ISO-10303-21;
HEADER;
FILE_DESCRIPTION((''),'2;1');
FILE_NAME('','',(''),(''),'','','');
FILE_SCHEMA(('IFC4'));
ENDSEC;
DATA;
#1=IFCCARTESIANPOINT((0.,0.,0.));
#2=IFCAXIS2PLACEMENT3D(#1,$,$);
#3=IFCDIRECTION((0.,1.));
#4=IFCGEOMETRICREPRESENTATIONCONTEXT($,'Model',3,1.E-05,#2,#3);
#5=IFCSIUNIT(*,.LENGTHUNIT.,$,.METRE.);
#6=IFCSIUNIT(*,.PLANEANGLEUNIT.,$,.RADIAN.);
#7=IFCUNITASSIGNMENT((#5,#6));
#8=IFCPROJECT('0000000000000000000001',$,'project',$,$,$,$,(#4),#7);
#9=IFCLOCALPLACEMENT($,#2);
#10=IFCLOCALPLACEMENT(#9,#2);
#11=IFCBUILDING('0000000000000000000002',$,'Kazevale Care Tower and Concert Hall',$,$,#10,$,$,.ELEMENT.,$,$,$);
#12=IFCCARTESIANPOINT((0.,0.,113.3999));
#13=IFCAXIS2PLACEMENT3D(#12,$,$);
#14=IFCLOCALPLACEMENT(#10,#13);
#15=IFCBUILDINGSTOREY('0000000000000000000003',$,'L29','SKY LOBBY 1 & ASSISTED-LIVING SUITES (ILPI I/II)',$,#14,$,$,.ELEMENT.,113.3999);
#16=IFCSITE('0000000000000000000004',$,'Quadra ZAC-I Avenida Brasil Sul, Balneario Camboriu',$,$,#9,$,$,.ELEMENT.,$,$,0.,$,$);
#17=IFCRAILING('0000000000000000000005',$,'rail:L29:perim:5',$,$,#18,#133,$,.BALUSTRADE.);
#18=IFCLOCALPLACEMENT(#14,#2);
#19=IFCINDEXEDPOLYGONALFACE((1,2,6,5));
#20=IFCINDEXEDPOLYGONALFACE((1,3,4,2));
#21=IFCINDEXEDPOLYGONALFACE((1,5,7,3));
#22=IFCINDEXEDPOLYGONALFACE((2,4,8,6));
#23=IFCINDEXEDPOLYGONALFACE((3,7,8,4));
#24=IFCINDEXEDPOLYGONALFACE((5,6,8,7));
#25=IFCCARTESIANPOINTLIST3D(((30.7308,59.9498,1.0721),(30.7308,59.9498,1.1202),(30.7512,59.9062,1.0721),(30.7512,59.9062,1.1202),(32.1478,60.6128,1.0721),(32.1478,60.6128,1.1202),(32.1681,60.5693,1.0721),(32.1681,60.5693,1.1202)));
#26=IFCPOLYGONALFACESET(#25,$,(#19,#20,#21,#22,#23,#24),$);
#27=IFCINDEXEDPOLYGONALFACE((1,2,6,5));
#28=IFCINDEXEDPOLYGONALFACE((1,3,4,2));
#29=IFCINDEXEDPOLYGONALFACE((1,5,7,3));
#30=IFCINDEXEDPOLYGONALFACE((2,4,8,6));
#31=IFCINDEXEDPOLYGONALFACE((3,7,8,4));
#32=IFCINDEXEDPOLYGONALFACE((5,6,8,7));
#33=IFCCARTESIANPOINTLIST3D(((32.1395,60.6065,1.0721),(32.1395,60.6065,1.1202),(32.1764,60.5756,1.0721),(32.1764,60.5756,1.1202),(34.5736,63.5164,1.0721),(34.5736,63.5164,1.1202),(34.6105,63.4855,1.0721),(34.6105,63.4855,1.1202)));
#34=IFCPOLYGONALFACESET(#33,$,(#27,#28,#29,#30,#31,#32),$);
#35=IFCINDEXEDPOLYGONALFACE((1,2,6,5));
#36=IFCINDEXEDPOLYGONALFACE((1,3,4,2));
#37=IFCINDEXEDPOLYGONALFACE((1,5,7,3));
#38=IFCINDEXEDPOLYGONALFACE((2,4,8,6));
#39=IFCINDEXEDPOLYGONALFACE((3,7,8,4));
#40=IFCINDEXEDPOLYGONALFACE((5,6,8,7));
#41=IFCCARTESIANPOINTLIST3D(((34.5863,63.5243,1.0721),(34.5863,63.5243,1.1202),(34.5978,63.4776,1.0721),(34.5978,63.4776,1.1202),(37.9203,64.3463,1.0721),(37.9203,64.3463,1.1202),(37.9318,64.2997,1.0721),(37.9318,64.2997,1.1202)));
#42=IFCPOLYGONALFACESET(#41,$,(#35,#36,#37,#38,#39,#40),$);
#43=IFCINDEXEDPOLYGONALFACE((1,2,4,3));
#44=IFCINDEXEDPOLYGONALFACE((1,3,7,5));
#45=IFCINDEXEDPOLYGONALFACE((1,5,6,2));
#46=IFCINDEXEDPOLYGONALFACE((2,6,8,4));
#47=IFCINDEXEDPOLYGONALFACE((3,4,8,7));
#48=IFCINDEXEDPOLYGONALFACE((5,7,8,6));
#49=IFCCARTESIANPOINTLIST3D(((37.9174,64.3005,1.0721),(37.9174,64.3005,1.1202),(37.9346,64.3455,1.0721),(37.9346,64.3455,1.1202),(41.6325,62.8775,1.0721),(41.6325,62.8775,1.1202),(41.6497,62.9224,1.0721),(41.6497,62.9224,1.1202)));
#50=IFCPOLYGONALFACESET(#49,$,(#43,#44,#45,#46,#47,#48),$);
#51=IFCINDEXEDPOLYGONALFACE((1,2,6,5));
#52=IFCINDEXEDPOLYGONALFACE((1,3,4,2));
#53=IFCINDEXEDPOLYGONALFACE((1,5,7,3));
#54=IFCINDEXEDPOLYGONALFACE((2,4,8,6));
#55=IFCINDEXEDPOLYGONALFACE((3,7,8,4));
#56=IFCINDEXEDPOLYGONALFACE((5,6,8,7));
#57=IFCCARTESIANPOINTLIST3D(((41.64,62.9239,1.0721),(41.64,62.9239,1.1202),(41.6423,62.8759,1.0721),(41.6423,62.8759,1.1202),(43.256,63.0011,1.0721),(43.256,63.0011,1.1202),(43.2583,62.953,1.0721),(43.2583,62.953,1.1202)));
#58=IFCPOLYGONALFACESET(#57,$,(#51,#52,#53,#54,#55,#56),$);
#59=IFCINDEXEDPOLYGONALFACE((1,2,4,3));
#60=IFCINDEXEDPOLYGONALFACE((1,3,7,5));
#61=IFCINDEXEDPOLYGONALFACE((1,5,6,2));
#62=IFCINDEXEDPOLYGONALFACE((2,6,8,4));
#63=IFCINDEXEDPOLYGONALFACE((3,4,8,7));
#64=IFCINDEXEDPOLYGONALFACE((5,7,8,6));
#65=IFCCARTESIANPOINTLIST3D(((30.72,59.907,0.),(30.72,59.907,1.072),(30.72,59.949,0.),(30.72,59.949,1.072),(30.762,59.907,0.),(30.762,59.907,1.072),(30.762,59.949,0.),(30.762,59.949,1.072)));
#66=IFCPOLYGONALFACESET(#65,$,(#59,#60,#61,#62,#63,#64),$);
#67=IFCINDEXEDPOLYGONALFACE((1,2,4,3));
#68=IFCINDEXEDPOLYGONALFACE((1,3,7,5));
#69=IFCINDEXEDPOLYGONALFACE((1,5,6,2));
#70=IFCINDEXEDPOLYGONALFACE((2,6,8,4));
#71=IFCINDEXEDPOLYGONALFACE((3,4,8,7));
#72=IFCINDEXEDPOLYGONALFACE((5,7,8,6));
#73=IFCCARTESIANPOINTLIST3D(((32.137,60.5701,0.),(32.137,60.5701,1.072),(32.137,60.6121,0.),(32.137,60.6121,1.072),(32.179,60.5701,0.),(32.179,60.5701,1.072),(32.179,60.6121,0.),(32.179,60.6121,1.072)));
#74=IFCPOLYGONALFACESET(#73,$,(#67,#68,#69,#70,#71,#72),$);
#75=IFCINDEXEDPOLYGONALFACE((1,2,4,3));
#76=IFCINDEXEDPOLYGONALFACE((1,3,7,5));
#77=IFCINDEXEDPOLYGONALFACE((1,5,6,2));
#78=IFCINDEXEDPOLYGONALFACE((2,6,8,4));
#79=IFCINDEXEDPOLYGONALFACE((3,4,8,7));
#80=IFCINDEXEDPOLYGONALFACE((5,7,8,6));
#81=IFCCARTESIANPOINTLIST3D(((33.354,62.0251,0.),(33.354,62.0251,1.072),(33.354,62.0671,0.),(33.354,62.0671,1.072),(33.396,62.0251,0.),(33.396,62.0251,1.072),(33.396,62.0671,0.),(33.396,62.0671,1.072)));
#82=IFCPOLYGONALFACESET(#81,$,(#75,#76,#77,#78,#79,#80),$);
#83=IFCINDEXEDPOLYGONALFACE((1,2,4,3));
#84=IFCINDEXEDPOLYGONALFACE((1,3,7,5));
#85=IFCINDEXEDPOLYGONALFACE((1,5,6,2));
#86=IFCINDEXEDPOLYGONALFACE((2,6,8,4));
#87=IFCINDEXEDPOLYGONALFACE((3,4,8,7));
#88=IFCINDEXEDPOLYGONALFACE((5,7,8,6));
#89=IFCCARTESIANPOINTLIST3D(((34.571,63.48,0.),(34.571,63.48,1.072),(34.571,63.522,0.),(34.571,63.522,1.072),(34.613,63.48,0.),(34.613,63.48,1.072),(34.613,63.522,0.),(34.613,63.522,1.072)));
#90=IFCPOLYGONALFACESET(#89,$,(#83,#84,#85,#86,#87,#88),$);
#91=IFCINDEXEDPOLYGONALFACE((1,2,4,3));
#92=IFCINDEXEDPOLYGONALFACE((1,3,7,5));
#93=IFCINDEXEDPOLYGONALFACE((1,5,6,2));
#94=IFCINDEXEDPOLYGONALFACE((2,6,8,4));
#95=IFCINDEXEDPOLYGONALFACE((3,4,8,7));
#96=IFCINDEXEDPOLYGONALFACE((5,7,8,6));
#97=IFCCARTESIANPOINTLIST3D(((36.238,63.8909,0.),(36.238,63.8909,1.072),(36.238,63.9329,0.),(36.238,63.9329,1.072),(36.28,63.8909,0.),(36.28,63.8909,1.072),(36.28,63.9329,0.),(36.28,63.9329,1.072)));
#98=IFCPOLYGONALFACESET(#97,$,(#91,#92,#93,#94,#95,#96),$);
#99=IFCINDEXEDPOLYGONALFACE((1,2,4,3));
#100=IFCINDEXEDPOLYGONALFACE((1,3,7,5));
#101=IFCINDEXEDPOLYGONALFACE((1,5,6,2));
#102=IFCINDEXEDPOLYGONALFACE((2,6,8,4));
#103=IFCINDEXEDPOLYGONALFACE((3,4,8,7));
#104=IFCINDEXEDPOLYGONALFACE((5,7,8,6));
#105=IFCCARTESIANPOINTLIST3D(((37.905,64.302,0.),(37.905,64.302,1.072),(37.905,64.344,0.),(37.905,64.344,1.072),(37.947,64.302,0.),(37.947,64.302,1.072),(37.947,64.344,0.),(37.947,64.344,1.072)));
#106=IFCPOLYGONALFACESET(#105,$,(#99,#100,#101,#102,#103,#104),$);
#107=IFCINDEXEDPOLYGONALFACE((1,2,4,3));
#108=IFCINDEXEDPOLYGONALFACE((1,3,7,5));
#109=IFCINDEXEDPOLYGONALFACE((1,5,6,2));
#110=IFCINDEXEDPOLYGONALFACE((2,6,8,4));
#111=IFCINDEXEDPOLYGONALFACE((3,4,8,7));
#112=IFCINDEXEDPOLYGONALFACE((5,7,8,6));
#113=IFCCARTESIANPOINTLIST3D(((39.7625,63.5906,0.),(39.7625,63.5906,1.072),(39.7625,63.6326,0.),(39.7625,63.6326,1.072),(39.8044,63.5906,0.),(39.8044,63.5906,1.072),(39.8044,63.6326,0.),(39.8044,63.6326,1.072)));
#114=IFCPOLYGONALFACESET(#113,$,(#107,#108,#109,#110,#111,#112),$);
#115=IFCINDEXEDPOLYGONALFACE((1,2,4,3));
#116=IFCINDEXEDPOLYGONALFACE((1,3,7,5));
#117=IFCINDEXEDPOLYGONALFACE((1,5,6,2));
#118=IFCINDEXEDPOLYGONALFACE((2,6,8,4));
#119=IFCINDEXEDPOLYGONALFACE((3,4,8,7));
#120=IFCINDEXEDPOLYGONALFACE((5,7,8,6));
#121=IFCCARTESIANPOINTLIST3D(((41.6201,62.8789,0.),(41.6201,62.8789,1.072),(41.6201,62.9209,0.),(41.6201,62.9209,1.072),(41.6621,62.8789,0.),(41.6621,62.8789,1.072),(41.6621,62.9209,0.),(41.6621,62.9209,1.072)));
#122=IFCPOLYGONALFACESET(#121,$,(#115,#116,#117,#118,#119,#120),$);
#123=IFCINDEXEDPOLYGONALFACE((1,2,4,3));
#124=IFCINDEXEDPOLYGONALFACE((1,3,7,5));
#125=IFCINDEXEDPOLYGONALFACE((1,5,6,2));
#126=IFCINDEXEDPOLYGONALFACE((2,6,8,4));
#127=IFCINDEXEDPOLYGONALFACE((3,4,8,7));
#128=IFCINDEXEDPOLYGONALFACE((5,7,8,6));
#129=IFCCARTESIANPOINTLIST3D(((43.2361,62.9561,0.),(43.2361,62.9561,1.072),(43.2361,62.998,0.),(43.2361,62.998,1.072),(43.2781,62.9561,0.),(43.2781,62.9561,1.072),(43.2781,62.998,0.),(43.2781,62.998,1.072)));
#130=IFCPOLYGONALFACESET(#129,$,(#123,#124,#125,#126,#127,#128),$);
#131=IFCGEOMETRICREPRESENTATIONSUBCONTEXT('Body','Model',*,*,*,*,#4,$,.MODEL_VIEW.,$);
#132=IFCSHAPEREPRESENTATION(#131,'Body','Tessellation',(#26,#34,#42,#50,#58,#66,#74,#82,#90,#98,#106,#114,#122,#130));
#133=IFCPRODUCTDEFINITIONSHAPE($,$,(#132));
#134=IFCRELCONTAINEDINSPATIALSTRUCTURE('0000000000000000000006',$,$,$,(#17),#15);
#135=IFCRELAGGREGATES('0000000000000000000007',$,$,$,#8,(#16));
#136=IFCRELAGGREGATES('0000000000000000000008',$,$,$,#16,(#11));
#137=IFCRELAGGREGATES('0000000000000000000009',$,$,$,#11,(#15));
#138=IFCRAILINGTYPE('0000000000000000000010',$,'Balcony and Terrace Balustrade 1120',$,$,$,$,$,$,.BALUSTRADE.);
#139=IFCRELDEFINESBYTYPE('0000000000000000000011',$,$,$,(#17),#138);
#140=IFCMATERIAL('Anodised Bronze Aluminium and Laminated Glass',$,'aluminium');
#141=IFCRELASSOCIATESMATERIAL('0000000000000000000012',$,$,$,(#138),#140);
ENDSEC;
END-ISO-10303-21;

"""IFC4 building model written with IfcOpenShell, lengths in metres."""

from ifc_helpers import new_model, si_unit, direction, frame, origin, origin_2d, place, context, subcontext, project, spatial, rectangle, extrude, material, type_object, element, save


model = new_model("IFC4")

# Units and contexts
model_context = context("Model", 3, precision=1e-05, world=origin(), true_north=direction((0.0, 1.0)))
body_context = subcontext(model_context, "Body", "Model", "MODEL_VIEW")
ifc_project = project(units=[si_unit("LENGTHUNIT", "METRE"), si_unit("PLANEANGLEUNIT", "RADIAN")], contexts=[model_context])

# Site, building, storey
site_placement = place(None, origin())
site = spatial("IfcSite", under=ifc_project, at=site_placement, Name="Quadra ZAC-I Avenida Brasil Sul, Balneario Camboriu", CompositionType="ELEMENT", RefElevation=0.0)
building_placement = place(site_placement, origin())
building = spatial("IfcBuilding", under=site, at=building_placement, Name="Kazevale Care Tower and Concert Hall", CompositionType="ELEMENT")
storey_placement = place(building_placement, frame((0.0, 0.0, 113.3999)))
storey = spatial("IfcBuildingStorey", under=building, at=storey_placement, Name="L29", Description="SKY LOBBY 1 & ASSISTED-LIVING SUITES (ILPI I/II)", CompositionType="ELEMENT", Elevation=113.3999)

# Railing
ifc_material_1 = material(Name="Anodised Bronze Aluminium and Laminated Glass", Category="aluminium")
railing_type = type_object("IfcRailingType", Name="Balcony and Terrace Balustrade 1120", PredefinedType="BALUSTRADE", material=ifc_material_1)
railing_1_placement = place(storey_placement, frame((30.741, 59.928, 0.0)))
element("IfcRailing", 1, at=railing_1_placement, inside=storey, type_object=railing_type, Name="rail:L29:perim:5", PredefinedType="BALUSTRADE", context=body_context, shape_type="SweptSolid", body=[
    extrude(rectangle(XDim=0.0481, YDim=0.0481, at=origin_2d()), frame((0.0, 0.0, 1.0962), z_axis=(0.905736, 0.423842, 0.0), x_axis=(-0.423842, 0.905736, 0.0)), (0.0, 0.0, 1.0), 1.5645),
    extrude(rectangle(XDim=0.0481, YDim=0.0481, at=origin_2d()), frame((1.417, 0.6631, 1.0962), z_axis=(0.641608, 0.767033, 0.0), x_axis=(-0.767033, 0.641608, 0.0)), (0.0, 0.0, 1.0), 3.7937),
    extrude(rectangle(XDim=0.0481, YDim=0.0481, at=origin_2d()), frame((3.8511, 3.573, 1.0962), z_axis=(0.970924, 0.239389, 0.0), x_axis=(-0.239389, 0.970924, 0.0)), (0.0, 0.0, 1.0), 3.4338),
    extrude(rectangle(XDim=0.0481, YDim=0.0481, at=origin_2d()), frame((7.1851, 4.395, 1.0962), z_axis=(0.933832, -0.357712, 0.0), x_axis=(0.357712, 0.933832, 0.0)), (0.0, 0.0, 1.0), 3.9783),
    extrude(rectangle(XDim=0.0481, YDim=0.0481, at=origin_2d()), frame((10.9001, 2.9719, 1.0962), z_axis=(0.998862, 0.047687, 0.0), x_axis=(-0.047687, 0.998862, 0.0)), (0.0, 0.0, 1.0), 1.6179),
    extrude(rectangle(XDim=0.042, YDim=0.042, at=origin_2d()), origin(), (0.0, 0.0, 1.0), 1.072),
    extrude(rectangle(XDim=0.042, YDim=0.042, at=origin_2d()), frame((1.417, 0.6631, 0.0)), (0.0, 0.0, 1.0), 1.072),
    extrude(rectangle(XDim=0.042, YDim=0.042, at=origin_2d()), frame((2.634, 2.1182, 0.0)), (0.0, 0.0, 1.0), 1.072),
    extrude(rectangle(XDim=0.042, YDim=0.042, at=origin_2d()), frame((3.8511, 3.573, 0.0)), (0.0, 0.0, 1.0), 1.072),
    extrude(rectangle(XDim=0.042, YDim=0.042, at=origin_2d()), frame((5.5181, 3.9839, 0.0)), (0.0, 0.0, 1.0), 1.072),
    extrude(rectangle(XDim=0.042, YDim=0.042, at=origin_2d()), frame((7.1851, 4.395, 0.0)), (0.0, 0.0, 1.0), 1.072),
    extrude(rectangle(XDim=0.042, YDim=0.042, at=origin_2d()), frame((9.0425, 3.6836, 0.0)), (0.0, 0.0, 1.0), 1.072),
    extrude(rectangle(XDim=0.042, YDim=0.042, at=origin_2d()), frame((10.9001, 2.9719, 0.0)), (0.0, 0.0, 1.0), 1.072),
    extrude(rectangle(XDim=0.042, YDim=0.042, at=origin_2d()), frame((12.5161, 3.0491, 0.0)), (0.0, 0.0, 1.0), 1.072),
])

save(model, "model.ifc")
